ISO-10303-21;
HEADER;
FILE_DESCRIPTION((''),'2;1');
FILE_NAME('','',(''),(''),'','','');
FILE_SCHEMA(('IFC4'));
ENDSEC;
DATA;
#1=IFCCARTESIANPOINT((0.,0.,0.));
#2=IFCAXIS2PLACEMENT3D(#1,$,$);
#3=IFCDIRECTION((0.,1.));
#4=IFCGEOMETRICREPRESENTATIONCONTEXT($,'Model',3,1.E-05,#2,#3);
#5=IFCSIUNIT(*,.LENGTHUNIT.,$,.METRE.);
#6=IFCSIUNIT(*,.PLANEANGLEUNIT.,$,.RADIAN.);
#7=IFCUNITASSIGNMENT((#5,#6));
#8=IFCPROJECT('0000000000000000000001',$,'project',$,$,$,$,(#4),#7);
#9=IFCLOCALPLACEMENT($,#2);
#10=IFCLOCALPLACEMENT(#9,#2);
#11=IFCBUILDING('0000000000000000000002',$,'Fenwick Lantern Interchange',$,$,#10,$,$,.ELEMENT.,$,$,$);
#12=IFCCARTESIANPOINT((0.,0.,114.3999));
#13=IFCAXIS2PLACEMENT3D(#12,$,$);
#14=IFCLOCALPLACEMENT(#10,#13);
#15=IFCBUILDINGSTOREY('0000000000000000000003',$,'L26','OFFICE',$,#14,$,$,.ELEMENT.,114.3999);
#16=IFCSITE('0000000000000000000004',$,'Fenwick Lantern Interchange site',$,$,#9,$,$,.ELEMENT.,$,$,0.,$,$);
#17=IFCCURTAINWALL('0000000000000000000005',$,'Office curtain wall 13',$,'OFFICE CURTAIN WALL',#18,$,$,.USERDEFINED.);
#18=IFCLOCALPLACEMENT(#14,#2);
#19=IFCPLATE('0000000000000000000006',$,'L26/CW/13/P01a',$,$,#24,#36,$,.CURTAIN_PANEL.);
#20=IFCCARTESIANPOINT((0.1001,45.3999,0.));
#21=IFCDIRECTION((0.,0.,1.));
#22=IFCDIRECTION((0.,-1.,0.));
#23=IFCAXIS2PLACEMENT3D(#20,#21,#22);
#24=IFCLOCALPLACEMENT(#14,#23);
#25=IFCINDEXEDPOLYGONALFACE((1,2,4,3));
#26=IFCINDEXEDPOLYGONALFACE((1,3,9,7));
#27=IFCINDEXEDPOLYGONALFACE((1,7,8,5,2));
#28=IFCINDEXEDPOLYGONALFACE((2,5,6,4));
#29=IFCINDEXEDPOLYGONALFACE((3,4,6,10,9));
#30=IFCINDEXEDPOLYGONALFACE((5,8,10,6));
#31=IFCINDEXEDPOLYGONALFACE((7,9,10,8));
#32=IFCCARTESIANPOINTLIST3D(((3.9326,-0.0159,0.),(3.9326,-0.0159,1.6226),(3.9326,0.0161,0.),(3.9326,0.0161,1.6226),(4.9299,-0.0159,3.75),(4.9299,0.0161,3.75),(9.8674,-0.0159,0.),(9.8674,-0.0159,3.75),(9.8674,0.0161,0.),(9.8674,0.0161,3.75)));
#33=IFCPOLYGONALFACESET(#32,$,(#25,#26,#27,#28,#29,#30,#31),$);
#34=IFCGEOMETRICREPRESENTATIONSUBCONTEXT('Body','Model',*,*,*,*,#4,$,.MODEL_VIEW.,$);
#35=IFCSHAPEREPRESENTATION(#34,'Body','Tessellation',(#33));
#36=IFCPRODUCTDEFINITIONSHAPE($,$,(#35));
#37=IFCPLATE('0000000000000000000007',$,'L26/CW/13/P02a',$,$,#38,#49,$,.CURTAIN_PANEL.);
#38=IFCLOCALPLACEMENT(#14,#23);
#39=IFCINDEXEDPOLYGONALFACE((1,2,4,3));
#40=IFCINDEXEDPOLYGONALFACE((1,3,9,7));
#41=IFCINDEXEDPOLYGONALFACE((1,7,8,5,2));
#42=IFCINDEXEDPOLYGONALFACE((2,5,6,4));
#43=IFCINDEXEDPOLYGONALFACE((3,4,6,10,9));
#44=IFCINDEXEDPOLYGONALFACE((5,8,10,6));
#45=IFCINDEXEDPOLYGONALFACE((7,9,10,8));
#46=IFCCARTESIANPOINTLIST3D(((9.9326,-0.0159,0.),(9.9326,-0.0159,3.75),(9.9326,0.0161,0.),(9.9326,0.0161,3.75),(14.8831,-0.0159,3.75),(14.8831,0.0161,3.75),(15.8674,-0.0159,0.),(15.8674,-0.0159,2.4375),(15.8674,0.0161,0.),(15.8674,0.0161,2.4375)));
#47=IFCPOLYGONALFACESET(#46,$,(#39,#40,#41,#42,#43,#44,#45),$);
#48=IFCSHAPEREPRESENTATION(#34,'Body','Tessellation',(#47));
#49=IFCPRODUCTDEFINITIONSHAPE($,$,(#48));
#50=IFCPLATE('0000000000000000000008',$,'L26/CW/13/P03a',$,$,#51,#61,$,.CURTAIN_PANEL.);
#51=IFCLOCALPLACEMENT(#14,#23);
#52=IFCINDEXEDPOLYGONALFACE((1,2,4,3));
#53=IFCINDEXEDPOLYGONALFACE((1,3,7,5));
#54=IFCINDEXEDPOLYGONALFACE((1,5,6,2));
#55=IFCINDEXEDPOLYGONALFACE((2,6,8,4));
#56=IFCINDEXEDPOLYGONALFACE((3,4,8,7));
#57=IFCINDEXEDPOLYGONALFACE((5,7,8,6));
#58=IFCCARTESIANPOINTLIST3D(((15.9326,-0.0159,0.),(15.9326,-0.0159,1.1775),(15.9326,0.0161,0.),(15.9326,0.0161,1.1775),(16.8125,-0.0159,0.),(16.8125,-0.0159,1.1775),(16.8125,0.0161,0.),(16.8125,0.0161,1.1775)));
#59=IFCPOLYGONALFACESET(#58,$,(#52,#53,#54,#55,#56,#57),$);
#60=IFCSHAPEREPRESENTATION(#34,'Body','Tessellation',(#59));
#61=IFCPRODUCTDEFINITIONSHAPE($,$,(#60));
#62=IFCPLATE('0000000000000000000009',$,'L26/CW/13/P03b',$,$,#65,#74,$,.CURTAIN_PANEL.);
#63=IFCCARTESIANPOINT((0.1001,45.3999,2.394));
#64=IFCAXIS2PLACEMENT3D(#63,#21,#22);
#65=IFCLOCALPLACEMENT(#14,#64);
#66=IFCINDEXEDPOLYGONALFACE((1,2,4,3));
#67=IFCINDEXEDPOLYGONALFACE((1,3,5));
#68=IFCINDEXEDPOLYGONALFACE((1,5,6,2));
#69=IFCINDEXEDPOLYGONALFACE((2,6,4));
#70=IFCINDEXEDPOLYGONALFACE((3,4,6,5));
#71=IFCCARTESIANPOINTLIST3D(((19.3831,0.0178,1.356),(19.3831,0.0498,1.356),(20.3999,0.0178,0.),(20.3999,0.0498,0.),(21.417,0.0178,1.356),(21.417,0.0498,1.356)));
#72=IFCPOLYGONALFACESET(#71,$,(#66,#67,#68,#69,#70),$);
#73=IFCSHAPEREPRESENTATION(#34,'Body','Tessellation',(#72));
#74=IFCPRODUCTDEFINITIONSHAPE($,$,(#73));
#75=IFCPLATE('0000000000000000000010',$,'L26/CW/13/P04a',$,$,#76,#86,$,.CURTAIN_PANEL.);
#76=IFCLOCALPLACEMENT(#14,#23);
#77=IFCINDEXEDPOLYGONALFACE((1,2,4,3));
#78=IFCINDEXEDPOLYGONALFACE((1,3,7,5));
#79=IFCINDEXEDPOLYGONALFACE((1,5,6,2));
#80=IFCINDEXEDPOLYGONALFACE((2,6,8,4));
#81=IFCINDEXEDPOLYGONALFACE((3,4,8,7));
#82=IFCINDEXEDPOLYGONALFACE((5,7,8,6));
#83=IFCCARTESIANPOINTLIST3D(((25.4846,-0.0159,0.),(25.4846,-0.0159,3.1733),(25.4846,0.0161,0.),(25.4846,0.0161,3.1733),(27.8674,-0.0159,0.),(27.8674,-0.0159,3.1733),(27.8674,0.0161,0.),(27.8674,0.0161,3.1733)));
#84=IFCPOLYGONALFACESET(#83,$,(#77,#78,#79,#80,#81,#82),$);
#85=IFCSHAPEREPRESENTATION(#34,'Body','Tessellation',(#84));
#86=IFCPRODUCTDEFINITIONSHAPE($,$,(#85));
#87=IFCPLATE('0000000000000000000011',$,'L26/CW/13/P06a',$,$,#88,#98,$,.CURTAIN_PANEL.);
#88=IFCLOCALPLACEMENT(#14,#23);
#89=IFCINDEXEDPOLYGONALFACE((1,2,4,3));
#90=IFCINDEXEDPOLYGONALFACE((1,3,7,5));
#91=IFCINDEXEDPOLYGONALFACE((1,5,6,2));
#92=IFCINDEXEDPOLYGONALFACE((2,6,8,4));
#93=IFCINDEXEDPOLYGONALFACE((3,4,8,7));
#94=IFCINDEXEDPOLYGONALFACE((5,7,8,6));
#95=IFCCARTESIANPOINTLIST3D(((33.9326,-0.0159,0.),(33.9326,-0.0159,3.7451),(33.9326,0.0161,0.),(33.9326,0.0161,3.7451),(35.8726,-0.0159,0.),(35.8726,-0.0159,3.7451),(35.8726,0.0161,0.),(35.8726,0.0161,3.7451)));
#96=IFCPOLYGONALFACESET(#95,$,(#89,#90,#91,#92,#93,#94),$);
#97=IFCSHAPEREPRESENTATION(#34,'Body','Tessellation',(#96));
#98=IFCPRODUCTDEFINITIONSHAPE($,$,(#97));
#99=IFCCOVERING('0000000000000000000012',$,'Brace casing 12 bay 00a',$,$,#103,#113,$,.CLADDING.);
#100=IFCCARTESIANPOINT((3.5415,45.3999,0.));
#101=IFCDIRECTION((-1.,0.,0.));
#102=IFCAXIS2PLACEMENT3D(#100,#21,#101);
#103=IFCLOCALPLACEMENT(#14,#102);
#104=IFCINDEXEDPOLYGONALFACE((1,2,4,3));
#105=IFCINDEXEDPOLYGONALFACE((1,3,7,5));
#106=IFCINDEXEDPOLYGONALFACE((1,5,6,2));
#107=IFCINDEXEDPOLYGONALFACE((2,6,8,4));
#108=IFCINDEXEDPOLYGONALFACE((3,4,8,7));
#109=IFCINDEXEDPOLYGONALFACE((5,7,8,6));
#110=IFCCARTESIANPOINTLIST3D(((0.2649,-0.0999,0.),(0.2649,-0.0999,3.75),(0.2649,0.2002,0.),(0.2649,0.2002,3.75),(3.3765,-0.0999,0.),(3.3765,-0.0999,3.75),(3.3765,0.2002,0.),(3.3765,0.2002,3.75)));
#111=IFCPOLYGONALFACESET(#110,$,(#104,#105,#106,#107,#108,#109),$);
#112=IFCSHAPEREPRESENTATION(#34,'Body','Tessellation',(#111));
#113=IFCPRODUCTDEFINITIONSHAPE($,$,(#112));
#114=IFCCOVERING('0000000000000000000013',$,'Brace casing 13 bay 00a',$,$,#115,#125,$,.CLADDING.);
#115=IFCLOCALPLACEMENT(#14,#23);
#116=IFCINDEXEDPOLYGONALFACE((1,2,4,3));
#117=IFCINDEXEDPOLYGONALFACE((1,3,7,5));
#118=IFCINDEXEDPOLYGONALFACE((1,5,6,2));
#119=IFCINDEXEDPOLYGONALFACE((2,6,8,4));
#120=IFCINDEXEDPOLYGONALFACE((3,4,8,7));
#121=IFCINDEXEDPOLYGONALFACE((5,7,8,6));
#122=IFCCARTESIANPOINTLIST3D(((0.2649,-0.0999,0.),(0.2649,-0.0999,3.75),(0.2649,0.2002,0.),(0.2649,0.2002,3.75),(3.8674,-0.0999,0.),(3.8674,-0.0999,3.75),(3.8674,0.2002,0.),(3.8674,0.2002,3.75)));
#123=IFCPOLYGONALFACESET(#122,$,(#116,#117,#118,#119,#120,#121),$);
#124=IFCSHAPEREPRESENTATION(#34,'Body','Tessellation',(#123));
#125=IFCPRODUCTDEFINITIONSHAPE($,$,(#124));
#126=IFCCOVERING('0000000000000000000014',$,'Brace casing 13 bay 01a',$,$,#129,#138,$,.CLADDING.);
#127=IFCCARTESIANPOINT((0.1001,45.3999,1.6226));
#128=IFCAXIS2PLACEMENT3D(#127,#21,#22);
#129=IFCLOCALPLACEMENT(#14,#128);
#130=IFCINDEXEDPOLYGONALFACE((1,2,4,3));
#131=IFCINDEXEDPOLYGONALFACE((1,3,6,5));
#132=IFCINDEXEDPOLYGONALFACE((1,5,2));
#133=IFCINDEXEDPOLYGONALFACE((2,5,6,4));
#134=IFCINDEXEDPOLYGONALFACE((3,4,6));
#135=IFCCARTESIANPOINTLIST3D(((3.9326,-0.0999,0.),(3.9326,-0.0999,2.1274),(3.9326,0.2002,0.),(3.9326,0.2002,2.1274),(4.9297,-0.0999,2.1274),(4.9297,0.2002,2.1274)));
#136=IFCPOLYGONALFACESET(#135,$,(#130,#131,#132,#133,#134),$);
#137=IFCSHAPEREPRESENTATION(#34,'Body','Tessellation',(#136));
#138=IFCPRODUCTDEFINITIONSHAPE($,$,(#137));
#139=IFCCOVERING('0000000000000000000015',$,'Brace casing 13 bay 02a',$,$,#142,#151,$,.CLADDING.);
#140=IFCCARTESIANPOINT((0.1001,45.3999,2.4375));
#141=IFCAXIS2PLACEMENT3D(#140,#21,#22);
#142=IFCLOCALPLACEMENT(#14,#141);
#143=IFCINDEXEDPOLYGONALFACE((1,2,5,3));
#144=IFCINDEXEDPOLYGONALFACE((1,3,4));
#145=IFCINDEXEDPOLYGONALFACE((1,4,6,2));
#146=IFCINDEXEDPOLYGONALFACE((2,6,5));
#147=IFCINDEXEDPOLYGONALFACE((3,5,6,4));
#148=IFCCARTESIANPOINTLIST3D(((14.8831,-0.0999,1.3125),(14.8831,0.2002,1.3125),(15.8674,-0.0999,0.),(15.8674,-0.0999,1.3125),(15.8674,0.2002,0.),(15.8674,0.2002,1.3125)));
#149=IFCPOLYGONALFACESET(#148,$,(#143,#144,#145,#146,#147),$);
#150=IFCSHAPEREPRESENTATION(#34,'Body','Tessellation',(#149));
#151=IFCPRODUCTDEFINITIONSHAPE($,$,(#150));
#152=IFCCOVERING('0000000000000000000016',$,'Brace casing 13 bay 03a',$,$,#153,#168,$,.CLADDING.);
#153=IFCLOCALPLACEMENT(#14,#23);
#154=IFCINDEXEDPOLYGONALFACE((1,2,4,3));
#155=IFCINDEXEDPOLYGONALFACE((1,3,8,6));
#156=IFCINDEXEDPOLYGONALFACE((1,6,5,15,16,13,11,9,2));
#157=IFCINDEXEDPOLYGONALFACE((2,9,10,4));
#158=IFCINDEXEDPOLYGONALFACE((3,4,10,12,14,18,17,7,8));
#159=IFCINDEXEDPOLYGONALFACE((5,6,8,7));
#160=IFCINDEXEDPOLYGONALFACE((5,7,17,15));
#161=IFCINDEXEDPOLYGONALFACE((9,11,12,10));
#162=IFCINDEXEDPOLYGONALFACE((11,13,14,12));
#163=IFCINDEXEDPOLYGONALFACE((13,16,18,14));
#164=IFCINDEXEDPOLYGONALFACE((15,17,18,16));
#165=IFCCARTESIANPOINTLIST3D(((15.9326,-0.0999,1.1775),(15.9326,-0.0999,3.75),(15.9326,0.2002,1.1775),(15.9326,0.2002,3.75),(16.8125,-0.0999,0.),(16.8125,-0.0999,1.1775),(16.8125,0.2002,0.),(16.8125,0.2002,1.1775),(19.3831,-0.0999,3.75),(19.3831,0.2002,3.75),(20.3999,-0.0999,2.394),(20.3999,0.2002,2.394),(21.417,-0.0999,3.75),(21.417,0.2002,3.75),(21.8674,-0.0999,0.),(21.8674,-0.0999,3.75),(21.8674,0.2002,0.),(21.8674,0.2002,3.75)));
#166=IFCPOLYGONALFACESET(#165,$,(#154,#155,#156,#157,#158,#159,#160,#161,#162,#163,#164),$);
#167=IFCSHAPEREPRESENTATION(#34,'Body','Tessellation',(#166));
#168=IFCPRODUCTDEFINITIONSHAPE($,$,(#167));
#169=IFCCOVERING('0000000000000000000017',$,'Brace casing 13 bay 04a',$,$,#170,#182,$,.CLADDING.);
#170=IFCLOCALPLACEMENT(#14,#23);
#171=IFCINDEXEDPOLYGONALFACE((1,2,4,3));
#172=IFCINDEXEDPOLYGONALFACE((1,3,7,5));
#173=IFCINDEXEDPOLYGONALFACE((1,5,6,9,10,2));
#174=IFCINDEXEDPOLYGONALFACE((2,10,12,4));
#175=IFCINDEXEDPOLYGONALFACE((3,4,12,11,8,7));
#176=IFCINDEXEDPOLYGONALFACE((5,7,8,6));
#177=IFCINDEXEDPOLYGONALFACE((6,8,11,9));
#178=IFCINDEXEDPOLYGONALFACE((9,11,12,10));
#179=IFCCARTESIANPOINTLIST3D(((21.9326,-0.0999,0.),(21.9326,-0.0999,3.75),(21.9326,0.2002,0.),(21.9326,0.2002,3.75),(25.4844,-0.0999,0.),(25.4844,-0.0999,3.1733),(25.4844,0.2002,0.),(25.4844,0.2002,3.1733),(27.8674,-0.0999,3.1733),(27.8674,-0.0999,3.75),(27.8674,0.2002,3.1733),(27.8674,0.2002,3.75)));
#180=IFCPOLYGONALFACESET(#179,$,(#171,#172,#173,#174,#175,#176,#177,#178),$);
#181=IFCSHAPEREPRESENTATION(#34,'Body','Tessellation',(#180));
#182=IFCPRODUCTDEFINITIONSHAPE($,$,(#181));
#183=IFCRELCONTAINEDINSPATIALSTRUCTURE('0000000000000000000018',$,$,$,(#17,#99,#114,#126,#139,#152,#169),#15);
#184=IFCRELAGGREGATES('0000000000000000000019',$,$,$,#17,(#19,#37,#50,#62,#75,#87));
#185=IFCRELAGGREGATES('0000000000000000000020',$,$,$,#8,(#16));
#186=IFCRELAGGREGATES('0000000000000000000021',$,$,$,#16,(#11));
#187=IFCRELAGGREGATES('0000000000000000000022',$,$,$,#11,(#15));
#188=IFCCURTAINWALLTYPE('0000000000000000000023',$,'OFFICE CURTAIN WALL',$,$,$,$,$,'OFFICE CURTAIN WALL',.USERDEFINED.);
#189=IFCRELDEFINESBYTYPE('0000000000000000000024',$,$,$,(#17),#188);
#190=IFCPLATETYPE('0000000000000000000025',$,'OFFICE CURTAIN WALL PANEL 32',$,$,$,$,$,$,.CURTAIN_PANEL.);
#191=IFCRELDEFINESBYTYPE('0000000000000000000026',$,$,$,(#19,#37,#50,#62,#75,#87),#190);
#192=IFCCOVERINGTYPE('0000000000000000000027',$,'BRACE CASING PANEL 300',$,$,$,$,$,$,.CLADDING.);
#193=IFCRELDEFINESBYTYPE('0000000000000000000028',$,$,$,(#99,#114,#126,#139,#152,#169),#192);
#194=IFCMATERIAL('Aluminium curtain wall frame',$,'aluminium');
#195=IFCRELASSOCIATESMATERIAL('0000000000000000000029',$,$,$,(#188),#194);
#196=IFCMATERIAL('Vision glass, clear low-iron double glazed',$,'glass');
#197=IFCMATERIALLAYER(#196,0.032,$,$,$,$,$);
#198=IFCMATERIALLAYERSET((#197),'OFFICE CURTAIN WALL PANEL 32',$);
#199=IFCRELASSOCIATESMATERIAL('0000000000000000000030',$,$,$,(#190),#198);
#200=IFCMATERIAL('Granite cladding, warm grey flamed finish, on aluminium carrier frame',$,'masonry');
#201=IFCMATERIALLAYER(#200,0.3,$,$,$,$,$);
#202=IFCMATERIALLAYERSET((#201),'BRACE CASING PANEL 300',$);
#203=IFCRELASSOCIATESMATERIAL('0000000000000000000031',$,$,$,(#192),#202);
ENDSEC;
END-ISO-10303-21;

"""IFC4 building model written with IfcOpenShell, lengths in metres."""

from ifc_helpers import new_model, si_unit, direction, frame, origin, place, context, subcontext, project, spatial, polyline, outline, extrude, material, layer, layer_set, type_object, element, aggregate, save


model = new_model("IFC4")

# Units and contexts
model_context = context("Model", 3, precision=1e-05, world=origin(), true_north=direction((0.0, 1.0)))
body_context = subcontext(model_context, "Body", "Model", "MODEL_VIEW")
ifc_project = project(units=[si_unit("LENGTHUNIT", "METRE"), si_unit("PLANEANGLEUNIT", "RADIAN")], contexts=[model_context])

# Site, building, storey
site_placement = place(None, origin())
site = spatial("IfcSite", under=ifc_project, at=site_placement, Name="Fenwick Lantern Interchange site", CompositionType="ELEMENT", RefElevation=0.0)
building_placement = place(site_placement, origin())
building = spatial("IfcBuilding", under=site, at=building_placement, Name="Fenwick Lantern Interchange", CompositionType="ELEMENT")
storey_placement = place(building_placement, frame((0.0, 0.0, 114.3999)))
storey = spatial("IfcBuildingStorey", under=building, at=storey_placement, Name="L26", Description="OFFICE", CompositionType="ELEMENT", Elevation=114.3999)

# Shared definitions
ifc_material_1 = material(Name="Aluminium curtain wall frame", Category="aluminium")
curtain_wall_type = type_object("IfcCurtainWallType", Name="OFFICE CURTAIN WALL", ElementType="OFFICE CURTAIN WALL", PredefinedType="USERDEFINED", material=ifc_material_1)

# Curtain wall
curtain_wall_1_placement = place(storey_placement, origin())
curtain_wall_1 = element("IfcCurtainWall", 1, at=curtain_wall_1_placement, inside=storey, type_object=curtain_wall_type, Name="Office curtain wall 13", ObjectType="OFFICE CURTAIN WALL", PredefinedType="USERDEFINED")

# Plates
ifc_material_2 = material(Name="Vision glass, clear low-iron double glazed", Category="glass")
ifc_layer_1 = layer(ifc_material_2, 0.032)
ifc_layer_set_1 = layer_set([ifc_layer_1], Name="OFFICE CURTAIN WALL PANEL 32")
plate_type = type_object("IfcPlateType", Name="OFFICE CURTAIN WALL PANEL 32", PredefinedType="CURTAIN_PANEL", material=ifc_layer_set_1)
plate_1_placement = place(storey_placement, frame((0.1001, 45.3999, 0.0), z_axis=(0.0, 0.0, 1.0), x_axis=(0.0, -1.0, 0.0)))
plate_1 = element("IfcPlate", 2, at=plate_1_placement, type_object=plate_type, Name="L26/CW/13/P01a", PredefinedType="CURTAIN_PANEL", context=body_context, shape_type="SweptSolid", body=[
    extrude(outline(polyline([(3.9326, 0.0), (9.8674, 0.0), (9.8674, 3.75), (4.9299, 3.75), (3.9326, 1.6226), (3.9326, 0.0)])), frame((0.0, 0.0161, 0.0), z_axis=(0.0, -1.0, 0.0), x_axis=(1.0, 0.0, 0.0)), (0.0, 0.0, 1.0), 0.032),
])
plate_2_placement = place(storey_placement, frame((0.1001, 45.3999, 0.0), z_axis=(0.0, 0.0, 1.0), x_axis=(0.0, -1.0, 0.0)))
plate_2 = element("IfcPlate", 3, at=plate_2_placement, type_object=plate_type, Name="L26/CW/13/P02a", PredefinedType="CURTAIN_PANEL", context=body_context, shape_type="SweptSolid", body=[
    extrude(outline(polyline([(9.9326, 0.0), (15.8674, 0.0), (15.8674, 2.4375), (14.8831, 3.75), (9.9326, 3.75), (9.9326, 0.0)])), frame((0.0, 0.0161, 0.0), z_axis=(0.0, -1.0, 0.0), x_axis=(1.0, 0.0, 0.0)), (0.0, 0.0, 1.0), 0.032),
])
plate_3_placement = place(storey_placement, frame((0.1001, 45.3999, 0.0), z_axis=(0.0, 0.0, 1.0), x_axis=(0.0, -1.0, 0.0)))
plate_3 = element("IfcPlate", 4, at=plate_3_placement, type_object=plate_type, Name="L26/CW/13/P03a", PredefinedType="CURTAIN_PANEL", context=body_context, shape_type="SweptSolid", body=[
    extrude(outline(polyline([(15.9326, 0.0), (16.8125, 0.0), (16.8125, 1.1775), (15.9326, 1.1775), (15.9326, 0.0)])), frame((0.0, 0.0161, 0.0), z_axis=(0.0, -1.0, 0.0), x_axis=(1.0, 0.0, 0.0)), (0.0, 0.0, 1.0), 0.032),
])
plate_4_placement = place(storey_placement, frame((0.1001, 45.3999, 2.394), z_axis=(0.0, 0.0, 1.0), x_axis=(0.0, -1.0, 0.0)))
plate_4 = element("IfcPlate", 5, at=plate_4_placement, type_object=plate_type, Name="L26/CW/13/P03b", PredefinedType="CURTAIN_PANEL", context=body_context, shape_type="SweptSolid", body=[
    extrude(outline(polyline([(20.3999, 0.0), (21.417, 1.356), (19.3831, 1.356), (20.3999, 0.0)])), frame((0.0, 0.0498, 0.0), z_axis=(0.0, -1.0, 0.0), x_axis=(1.0, 0.0, 0.0)), (0.0, 0.0, 1.0), 0.032),
])
plate_5_placement = place(storey_placement, frame((0.1001, 45.3999, 0.0), z_axis=(0.0, 0.0, 1.0), x_axis=(0.0, -1.0, 0.0)))
plate_5 = element("IfcPlate", 6, at=plate_5_placement, type_object=plate_type, Name="L26/CW/13/P04a", PredefinedType="CURTAIN_PANEL", context=body_context, shape_type="SweptSolid", body=[
    extrude(outline(polyline([(25.4846, 0.0), (27.8674, 0.0), (27.8674, 3.1733), (25.4846, 3.1733), (25.4846, 0.0)])), frame((0.0, 0.0161, 0.0), z_axis=(0.0, -1.0, 0.0), x_axis=(1.0, 0.0, 0.0)), (0.0, 0.0, 1.0), 0.032),
])
plate_6_placement = place(storey_placement, frame((0.1001, 45.3999, 0.0), z_axis=(0.0, 0.0, 1.0), x_axis=(0.0, -1.0, 0.0)))
plate_6 = element("IfcPlate", 7, at=plate_6_placement, type_object=plate_type, Name="L26/CW/13/P06a", PredefinedType="CURTAIN_PANEL", context=body_context, shape_type="SweptSolid", body=[
    extrude(outline(polyline([(33.9326, 0.0), (35.8726, 0.0), (35.8726, 3.7451), (33.9326, 3.7451), (33.9326, 0.0)])), frame((0.0, 0.0161, 0.0), z_axis=(0.0, -1.0, 0.0), x_axis=(1.0, 0.0, 0.0)), (0.0, 0.0, 1.0), 0.032),
])
aggregate(curtain_wall_1, [plate_1, plate_2, plate_3, plate_4, plate_5, plate_6])

# Coverings
ifc_material_3 = material(Name="Granite cladding, warm grey flamed finish, on aluminium carrier frame", Category="masonry")
ifc_layer_2 = layer(ifc_material_3, 0.3)
ifc_layer_set_2 = layer_set([ifc_layer_2], Name="BRACE CASING PANEL 300")
covering_type = type_object("IfcCoveringType", Name="BRACE CASING PANEL 300", PredefinedType="CLADDING", material=ifc_layer_set_2)
covering_1_placement = place(storey_placement, frame((3.5415, 45.3999, 0.0), z_axis=(0.0, 0.0, 1.0), x_axis=(-1.0, 0.0, 0.0)))
element("IfcCovering", 8, at=covering_1_placement, inside=storey, type_object=covering_type, Name="Brace casing 12 bay 00a", PredefinedType="CLADDING", context=body_context, shape_type="SweptSolid", body=[
    extrude(outline(polyline([(0.2649, 0.0), (3.3765, 0.0), (3.3765, 3.75), (0.2649, 3.75), (0.2649, 0.0)])), frame((0.0, 0.2002, 0.0), z_axis=(0.0, -1.0, 0.0), x_axis=(1.0, 0.0, 0.0)), (0.0, 0.0, 1.0), 0.3),
])
covering_2_placement = place(storey_placement, frame((0.1001, 45.3999, 0.0), z_axis=(0.0, 0.0, 1.0), x_axis=(0.0, -1.0, 0.0)))
element("IfcCovering", 9, at=covering_2_placement, inside=storey, type_object=covering_type, Name="Brace casing 13 bay 00a", PredefinedType="CLADDING", context=body_context, shape_type="SweptSolid", body=[
    extrude(outline(polyline([(0.2649, 0.0), (3.8674, 0.0), (3.8674, 3.75), (0.2649, 3.75), (0.2649, 0.0)])), frame((0.0, 0.2002, 0.0), z_axis=(0.0, -1.0, 0.0), x_axis=(1.0, 0.0, 0.0)), (0.0, 0.0, 1.0), 0.3),
])
covering_3_placement = place(storey_placement, frame((0.1001, 45.3999, 1.6226), z_axis=(0.0, 0.0, 1.0), x_axis=(0.0, -1.0, 0.0)))
element("IfcCovering", 10, at=covering_3_placement, inside=storey, type_object=covering_type, Name="Brace casing 13 bay 01a", PredefinedType="CLADDING", context=body_context, shape_type="SweptSolid", body=[
    extrude(outline(polyline([(3.9326, 0.0), (4.9297, 2.1274), (3.9326, 2.1274), (3.9326, 0.0)])), frame((0.0, 0.2002, 0.0), z_axis=(0.0, -1.0, 0.0), x_axis=(1.0, 0.0, 0.0)), (0.0, 0.0, 1.0), 0.3),
])
covering_4_placement = place(storey_placement, frame((0.1001, 45.3999, 2.4375), z_axis=(0.0, 0.0, 1.0), x_axis=(0.0, -1.0, 0.0)))
element("IfcCovering", 11, at=covering_4_placement, inside=storey, type_object=covering_type, Name="Brace casing 13 bay 02a", PredefinedType="CLADDING", context=body_context, shape_type="SweptSolid", body=[
    extrude(outline(polyline([(15.8674, 0.0), (15.8674, 1.3125), (14.8831, 1.3125), (15.8674, 0.0)])), frame((0.0, 0.2002, 0.0), z_axis=(0.0, -1.0, 0.0), x_axis=(1.0, 0.0, 0.0)), (0.0, 0.0, 1.0), 0.3),
])
covering_5_placement = place(storey_placement, frame((0.1001, 45.3999, 0.0), z_axis=(0.0, 0.0, 1.0), x_axis=(0.0, -1.0, 0.0)))
element("IfcCovering", 12, at=covering_5_placement, inside=storey, type_object=covering_type, Name="Brace casing 13 bay 03a", PredefinedType="CLADDING", context=body_context, shape_type="SweptSolid", body=[
    extrude(outline(polyline([(16.8125, 0.0), (21.8674, 0.0), (21.8674, 3.75), (21.417, 3.75), (20.3999, 2.394), (19.3831, 3.75), (15.9326, 3.75), (15.9326, 1.1775), (16.8125, 1.1775), (16.8125, 0.0)])), frame((0.0, 0.2002, 0.0), z_axis=(0.0, -1.0, 0.0), x_axis=(1.0, 0.0, 0.0)), (0.0, 0.0, 1.0), 0.3),
])
covering_6_placement = place(storey_placement, frame((0.1001, 45.3999, 0.0), z_axis=(0.0, 0.0, 1.0), x_axis=(0.0, -1.0, 0.0)))
element("IfcCovering", 13, at=covering_6_placement, inside=storey, type_object=covering_type, Name="Brace casing 13 bay 04a", PredefinedType="CLADDING", context=body_context, shape_type="SweptSolid", body=[
    extrude(outline(polyline([(21.9326, 0.0), (25.4844, 0.0), (25.4844, 3.1733), (27.8674, 3.1733), (27.8674, 3.75), (21.9326, 3.75), (21.9326, 0.0)])), frame((0.0, 0.2002, 0.0), z_axis=(0.0, -1.0, 0.0), x_axis=(1.0, 0.0, 0.0)), (0.0, 0.0, 1.0), 0.3),
])

save(model, "model.ifc")
